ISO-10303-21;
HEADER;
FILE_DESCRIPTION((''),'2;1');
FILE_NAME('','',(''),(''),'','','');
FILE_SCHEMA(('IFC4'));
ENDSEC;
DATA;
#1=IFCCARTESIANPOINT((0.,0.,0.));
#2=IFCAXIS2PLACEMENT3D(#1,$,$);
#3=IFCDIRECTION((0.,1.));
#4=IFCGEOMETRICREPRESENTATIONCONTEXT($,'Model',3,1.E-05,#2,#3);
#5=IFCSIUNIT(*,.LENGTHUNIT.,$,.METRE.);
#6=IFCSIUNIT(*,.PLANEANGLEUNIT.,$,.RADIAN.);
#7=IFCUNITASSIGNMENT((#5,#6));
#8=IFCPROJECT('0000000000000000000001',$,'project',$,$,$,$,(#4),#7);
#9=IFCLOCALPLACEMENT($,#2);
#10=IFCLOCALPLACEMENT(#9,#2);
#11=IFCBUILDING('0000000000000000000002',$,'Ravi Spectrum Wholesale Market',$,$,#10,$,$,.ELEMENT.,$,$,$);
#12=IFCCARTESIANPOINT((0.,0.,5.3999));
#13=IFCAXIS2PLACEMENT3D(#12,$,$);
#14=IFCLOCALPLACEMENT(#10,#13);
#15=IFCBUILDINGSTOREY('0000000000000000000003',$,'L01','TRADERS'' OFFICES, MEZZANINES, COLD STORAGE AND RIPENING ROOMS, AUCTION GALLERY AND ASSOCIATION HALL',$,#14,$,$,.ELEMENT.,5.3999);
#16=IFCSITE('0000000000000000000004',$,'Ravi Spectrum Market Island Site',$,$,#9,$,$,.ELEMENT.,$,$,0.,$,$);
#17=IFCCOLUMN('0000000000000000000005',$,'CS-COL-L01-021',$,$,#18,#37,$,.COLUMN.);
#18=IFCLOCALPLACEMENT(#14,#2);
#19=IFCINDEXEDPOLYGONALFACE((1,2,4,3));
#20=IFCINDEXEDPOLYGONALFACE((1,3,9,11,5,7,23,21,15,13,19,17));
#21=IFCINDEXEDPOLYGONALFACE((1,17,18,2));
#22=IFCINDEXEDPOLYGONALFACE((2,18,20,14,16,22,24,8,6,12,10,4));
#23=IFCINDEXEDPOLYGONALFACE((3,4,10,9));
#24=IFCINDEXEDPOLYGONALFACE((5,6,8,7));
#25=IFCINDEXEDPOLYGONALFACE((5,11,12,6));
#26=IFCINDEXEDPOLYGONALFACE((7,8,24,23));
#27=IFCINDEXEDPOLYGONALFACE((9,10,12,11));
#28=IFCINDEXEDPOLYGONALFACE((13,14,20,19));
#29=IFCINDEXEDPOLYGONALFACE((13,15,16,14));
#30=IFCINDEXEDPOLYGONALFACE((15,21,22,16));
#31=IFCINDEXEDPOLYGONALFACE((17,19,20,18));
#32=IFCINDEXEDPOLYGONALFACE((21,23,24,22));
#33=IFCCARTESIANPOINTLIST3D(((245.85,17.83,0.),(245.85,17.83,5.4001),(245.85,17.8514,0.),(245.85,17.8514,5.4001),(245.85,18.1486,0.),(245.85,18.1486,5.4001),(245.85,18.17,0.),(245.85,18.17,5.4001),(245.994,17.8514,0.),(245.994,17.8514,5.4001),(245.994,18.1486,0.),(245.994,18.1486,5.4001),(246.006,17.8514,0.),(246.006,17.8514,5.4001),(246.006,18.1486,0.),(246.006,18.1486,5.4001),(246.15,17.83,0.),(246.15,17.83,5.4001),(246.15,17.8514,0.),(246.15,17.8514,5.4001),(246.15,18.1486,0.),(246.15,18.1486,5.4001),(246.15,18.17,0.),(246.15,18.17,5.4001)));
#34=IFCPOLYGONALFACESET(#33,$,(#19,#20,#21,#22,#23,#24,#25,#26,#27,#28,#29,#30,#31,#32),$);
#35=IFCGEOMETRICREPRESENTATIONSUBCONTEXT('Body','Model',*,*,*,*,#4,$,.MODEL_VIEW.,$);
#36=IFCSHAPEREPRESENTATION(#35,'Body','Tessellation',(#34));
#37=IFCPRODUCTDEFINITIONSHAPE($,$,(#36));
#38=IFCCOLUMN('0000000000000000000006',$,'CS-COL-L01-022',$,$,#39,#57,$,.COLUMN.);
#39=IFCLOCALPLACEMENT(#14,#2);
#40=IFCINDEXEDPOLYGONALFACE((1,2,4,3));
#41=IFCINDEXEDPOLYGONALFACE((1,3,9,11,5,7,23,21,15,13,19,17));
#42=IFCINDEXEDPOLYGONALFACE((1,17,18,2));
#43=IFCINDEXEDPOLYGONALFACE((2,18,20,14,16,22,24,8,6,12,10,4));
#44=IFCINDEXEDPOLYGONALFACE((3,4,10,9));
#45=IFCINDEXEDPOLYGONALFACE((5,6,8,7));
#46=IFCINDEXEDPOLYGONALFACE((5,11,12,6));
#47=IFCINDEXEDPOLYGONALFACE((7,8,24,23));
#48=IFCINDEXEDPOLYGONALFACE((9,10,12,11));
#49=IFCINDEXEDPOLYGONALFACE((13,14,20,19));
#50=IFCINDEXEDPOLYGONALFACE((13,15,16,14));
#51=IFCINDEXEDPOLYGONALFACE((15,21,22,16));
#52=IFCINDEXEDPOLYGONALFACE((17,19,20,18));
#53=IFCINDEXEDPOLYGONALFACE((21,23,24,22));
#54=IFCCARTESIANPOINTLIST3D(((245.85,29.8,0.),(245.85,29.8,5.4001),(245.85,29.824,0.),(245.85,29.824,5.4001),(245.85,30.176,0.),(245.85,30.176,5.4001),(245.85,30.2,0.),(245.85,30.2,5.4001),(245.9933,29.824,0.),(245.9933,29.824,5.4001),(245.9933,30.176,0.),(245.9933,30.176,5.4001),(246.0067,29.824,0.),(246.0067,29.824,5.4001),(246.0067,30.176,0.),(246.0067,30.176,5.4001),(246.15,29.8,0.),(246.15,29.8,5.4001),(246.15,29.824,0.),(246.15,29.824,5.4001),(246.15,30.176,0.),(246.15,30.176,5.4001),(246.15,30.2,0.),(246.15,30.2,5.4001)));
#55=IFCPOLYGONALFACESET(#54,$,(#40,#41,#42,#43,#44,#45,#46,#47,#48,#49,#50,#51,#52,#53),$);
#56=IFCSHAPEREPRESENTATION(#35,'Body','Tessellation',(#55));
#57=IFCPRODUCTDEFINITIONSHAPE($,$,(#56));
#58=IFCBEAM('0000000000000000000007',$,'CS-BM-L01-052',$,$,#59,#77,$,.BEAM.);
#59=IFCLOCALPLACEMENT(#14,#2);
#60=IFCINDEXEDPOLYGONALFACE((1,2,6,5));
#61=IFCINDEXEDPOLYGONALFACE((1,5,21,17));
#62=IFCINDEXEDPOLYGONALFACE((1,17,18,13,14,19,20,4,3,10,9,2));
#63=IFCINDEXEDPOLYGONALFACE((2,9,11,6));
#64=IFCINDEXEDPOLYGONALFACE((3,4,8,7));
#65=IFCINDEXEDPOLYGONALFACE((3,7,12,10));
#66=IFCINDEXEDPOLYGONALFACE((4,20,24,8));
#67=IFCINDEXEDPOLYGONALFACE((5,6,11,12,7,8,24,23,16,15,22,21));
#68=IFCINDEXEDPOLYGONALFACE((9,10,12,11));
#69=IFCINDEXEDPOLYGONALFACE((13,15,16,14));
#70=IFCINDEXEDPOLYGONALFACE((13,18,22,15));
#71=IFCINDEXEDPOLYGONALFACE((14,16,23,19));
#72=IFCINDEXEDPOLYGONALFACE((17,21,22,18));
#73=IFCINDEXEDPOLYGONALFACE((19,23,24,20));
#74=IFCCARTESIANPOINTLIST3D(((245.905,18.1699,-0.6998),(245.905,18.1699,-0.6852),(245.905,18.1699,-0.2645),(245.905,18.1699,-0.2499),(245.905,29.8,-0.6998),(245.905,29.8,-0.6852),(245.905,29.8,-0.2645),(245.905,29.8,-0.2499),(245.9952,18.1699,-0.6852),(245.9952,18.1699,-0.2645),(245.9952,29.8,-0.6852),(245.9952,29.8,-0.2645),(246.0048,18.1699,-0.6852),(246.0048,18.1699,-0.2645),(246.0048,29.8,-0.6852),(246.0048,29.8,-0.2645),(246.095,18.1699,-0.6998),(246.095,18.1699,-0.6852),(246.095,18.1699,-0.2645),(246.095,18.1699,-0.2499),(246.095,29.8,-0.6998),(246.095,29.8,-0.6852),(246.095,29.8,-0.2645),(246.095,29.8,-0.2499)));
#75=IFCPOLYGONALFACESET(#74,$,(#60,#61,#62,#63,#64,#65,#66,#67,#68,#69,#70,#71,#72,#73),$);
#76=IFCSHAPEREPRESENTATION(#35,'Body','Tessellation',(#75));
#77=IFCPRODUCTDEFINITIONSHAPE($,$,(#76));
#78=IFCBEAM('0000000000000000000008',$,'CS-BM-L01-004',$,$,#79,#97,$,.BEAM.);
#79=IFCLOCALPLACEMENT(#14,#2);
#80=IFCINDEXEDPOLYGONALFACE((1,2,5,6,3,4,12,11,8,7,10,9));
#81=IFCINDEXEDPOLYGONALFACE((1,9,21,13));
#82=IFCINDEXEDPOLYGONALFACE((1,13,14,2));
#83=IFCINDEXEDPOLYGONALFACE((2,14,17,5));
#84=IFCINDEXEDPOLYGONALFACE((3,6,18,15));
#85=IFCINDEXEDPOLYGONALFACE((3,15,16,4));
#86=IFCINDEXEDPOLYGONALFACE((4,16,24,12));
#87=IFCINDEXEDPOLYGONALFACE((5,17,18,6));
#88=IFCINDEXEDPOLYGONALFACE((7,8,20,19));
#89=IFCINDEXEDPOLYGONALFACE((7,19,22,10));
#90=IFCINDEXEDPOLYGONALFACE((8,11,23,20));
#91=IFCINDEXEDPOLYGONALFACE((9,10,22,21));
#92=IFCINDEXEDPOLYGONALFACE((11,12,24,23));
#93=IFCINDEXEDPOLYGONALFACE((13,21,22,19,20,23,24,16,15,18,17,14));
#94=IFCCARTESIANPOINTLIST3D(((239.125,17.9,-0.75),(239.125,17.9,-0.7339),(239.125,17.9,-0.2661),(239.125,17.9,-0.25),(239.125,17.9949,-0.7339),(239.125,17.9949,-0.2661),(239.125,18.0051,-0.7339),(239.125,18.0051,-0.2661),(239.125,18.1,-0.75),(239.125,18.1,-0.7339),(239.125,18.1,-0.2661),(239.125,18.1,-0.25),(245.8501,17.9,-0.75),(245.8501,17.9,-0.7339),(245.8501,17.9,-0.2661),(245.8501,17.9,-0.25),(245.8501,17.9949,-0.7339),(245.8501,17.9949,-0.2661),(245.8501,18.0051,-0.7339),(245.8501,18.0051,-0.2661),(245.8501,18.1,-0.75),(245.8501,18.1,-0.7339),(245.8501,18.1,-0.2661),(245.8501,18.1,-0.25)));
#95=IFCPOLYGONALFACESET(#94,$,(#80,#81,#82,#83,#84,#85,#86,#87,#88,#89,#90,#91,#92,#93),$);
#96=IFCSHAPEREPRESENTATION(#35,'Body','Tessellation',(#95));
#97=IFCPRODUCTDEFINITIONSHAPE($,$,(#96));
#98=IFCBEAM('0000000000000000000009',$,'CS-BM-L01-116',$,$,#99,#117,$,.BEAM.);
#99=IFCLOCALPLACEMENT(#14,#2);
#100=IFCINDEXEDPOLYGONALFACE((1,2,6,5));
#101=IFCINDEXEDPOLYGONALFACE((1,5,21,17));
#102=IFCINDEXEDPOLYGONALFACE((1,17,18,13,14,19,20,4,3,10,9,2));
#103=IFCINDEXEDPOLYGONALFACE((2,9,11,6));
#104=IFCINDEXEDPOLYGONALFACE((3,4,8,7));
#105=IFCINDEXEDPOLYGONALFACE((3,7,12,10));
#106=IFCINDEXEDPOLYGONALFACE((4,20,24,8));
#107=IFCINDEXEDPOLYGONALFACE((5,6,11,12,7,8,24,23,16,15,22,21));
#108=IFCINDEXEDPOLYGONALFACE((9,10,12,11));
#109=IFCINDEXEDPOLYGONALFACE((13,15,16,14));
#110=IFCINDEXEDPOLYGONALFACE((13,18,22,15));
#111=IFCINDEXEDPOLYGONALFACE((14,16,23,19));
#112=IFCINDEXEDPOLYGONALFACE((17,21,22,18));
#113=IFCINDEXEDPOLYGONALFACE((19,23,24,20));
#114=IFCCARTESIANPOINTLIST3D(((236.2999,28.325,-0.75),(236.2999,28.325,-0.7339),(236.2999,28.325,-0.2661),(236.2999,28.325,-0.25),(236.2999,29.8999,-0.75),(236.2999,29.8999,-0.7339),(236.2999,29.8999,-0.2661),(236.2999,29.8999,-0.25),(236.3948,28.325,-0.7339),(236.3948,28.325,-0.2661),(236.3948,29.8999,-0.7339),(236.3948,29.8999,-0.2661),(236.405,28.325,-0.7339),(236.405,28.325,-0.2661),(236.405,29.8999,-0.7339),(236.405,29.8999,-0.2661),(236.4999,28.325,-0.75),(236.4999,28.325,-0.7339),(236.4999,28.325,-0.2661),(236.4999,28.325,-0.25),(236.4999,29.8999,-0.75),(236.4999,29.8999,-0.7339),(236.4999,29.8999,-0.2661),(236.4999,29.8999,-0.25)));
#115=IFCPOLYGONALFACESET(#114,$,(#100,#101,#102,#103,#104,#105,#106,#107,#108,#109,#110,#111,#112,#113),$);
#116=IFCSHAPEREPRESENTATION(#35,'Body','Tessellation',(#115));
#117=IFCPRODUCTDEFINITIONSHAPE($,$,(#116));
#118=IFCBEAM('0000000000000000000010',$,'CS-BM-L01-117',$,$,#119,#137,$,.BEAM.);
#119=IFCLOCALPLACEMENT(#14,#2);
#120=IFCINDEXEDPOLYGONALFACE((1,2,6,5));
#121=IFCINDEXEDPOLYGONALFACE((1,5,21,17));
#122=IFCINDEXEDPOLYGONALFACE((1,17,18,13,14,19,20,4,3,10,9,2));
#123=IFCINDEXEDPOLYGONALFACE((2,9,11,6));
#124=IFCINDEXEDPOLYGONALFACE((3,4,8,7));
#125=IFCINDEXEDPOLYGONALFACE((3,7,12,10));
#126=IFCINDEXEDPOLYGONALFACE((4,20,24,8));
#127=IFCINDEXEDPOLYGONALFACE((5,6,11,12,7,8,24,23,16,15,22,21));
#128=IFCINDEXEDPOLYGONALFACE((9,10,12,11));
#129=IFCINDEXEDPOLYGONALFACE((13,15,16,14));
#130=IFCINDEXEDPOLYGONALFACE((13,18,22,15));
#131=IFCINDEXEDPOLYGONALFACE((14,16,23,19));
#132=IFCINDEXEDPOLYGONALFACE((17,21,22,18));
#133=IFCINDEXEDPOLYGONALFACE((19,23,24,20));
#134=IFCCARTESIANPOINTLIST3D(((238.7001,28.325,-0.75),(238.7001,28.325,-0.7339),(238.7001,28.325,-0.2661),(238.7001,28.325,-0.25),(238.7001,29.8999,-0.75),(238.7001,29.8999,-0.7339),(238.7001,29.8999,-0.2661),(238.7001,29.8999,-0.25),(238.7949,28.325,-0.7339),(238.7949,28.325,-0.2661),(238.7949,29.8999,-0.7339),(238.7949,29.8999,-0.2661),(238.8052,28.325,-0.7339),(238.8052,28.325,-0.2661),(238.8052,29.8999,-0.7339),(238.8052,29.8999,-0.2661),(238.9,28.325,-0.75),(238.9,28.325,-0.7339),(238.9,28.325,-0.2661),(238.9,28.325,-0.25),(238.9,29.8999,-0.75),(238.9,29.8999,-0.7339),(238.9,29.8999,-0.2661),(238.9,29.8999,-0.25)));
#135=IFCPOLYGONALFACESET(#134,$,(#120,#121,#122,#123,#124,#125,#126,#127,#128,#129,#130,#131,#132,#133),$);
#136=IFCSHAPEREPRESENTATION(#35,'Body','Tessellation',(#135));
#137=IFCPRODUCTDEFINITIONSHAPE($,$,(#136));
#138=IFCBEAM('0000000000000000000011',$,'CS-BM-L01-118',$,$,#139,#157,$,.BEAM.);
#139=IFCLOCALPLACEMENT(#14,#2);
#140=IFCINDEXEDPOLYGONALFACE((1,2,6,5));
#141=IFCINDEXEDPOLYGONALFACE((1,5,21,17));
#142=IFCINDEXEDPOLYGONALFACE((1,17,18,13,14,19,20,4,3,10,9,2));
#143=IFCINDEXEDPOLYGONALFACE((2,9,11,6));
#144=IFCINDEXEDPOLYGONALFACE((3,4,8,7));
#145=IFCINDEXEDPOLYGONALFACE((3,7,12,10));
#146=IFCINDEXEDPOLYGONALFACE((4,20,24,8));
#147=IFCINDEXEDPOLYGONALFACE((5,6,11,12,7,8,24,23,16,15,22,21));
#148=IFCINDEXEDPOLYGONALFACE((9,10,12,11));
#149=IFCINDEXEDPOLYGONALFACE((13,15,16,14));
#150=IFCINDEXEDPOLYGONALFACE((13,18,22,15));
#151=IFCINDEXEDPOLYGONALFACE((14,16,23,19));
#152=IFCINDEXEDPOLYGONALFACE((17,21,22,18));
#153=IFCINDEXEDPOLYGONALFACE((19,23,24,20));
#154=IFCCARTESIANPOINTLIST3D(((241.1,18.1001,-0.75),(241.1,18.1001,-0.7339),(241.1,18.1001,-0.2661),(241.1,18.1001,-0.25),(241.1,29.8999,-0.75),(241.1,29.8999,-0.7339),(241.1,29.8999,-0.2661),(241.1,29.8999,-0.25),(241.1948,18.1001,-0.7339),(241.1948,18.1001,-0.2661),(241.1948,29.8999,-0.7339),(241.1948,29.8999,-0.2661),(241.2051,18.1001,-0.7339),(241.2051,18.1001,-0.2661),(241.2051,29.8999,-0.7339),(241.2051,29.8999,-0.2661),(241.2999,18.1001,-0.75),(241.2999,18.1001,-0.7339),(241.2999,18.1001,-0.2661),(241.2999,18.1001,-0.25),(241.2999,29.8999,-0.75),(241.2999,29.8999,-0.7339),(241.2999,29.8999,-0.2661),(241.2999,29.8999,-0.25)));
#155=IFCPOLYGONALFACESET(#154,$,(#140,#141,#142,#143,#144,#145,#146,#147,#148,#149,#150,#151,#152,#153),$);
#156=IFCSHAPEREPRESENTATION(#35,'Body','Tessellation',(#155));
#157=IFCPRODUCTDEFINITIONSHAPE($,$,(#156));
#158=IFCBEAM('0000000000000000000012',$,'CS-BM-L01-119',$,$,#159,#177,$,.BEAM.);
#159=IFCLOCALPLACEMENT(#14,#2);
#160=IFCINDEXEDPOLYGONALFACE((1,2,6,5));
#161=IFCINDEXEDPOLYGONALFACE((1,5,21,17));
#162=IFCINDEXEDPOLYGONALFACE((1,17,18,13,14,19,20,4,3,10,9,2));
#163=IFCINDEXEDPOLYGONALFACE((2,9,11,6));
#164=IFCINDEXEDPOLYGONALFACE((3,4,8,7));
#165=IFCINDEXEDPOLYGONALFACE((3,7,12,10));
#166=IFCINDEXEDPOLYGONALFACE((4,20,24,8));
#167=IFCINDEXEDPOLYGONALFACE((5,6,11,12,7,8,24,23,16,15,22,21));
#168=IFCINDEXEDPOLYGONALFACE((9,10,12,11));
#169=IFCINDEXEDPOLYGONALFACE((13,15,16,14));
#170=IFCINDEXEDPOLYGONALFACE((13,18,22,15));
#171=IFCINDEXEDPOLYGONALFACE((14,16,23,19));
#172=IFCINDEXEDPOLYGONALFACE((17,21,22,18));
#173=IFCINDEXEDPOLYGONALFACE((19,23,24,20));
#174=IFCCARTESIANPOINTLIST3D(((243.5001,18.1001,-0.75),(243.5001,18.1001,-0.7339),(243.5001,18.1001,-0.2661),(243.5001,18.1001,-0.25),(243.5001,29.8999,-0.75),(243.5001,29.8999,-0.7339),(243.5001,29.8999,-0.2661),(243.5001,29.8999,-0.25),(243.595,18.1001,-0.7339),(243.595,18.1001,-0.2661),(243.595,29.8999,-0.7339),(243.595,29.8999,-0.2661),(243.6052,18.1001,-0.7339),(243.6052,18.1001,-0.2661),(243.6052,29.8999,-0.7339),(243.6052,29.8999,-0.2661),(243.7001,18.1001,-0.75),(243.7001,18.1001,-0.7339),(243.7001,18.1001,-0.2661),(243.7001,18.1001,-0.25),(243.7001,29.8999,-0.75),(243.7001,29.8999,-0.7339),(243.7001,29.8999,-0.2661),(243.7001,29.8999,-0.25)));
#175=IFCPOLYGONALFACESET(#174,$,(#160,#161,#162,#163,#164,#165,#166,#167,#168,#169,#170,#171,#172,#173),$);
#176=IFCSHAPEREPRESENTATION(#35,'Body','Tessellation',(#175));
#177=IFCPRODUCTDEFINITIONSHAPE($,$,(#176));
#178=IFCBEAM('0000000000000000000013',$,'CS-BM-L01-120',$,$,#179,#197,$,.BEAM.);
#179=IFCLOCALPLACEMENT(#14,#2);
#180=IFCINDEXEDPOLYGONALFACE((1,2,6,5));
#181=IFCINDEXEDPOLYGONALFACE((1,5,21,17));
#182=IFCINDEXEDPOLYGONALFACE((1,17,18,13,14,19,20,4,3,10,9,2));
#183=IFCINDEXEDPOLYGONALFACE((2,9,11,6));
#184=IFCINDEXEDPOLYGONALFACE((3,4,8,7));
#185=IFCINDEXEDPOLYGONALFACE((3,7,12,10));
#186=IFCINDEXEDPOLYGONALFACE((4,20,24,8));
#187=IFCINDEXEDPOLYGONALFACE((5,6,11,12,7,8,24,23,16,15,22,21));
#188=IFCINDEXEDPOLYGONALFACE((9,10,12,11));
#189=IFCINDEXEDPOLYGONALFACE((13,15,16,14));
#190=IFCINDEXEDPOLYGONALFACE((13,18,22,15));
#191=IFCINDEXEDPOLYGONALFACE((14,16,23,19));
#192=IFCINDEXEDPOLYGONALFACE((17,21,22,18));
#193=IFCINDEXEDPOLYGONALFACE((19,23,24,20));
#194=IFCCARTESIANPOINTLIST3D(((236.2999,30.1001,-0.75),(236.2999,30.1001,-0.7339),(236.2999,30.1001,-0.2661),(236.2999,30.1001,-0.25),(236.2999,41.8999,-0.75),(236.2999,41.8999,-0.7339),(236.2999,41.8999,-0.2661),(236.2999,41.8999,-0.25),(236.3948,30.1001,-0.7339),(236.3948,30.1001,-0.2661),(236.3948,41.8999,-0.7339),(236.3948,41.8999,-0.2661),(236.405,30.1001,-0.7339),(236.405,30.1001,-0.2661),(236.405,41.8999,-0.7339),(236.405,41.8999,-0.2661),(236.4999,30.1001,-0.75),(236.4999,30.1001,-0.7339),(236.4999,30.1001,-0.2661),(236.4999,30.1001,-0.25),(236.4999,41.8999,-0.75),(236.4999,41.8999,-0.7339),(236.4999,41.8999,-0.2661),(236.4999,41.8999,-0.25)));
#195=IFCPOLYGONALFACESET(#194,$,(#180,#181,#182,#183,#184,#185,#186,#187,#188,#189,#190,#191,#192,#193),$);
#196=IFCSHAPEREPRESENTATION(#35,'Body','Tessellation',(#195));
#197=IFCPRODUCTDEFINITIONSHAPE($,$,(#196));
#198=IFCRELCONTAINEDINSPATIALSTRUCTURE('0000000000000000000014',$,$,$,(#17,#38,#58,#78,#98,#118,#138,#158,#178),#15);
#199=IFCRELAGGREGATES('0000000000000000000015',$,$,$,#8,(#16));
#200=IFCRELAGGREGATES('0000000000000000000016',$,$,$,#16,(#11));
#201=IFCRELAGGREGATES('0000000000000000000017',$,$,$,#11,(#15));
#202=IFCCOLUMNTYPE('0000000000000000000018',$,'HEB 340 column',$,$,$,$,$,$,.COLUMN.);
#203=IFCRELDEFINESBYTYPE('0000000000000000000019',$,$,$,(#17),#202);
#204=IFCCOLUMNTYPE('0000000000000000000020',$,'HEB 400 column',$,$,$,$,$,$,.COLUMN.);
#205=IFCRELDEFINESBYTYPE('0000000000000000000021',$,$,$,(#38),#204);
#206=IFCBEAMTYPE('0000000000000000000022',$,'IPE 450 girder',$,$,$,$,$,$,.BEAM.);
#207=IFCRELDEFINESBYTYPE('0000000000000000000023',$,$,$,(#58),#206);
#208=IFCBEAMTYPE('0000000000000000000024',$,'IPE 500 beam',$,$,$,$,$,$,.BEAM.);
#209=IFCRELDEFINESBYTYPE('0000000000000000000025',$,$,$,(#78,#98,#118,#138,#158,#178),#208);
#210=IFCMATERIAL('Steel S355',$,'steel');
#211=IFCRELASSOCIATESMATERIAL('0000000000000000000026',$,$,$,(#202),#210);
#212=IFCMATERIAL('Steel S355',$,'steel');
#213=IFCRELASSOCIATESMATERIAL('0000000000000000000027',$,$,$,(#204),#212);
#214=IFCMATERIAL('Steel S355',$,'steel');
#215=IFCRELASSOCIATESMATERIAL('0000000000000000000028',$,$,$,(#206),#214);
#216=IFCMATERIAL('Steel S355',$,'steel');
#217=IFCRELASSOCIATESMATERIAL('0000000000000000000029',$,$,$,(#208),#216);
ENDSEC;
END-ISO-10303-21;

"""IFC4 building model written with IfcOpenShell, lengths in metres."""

from ifc_helpers import new_model, si_unit, direction, frame, origin, origin_2d, place, context, subcontext, project, spatial, i_section, extrude, material, material_profile, profile_set, type_object, element, save


model = new_model("IFC4")

# Units and contexts
model_context = context("Model", 3, precision=1e-05, world=origin(), true_north=direction((0.0, 1.0)))
body_context = subcontext(model_context, "Body", "Model", "MODEL_VIEW")
ifc_project = project(units=[si_unit("LENGTHUNIT", "METRE"), si_unit("PLANEANGLEUNIT", "RADIAN")], contexts=[model_context])

# Site, building, storey
site_placement = place(None, origin())
site = spatial("IfcSite", under=ifc_project, at=site_placement, Name="Ravi Spectrum Market Island Site", CompositionType="ELEMENT", RefElevation=0.0)
building_placement = place(site_placement, origin())
building = spatial("IfcBuilding", under=site, at=building_placement, Name="Ravi Spectrum Wholesale Market", CompositionType="ELEMENT")
storey_placement = place(building_placement, frame((0.0, 0.0, 5.3999)))
storey = spatial("IfcBuildingStorey", under=building, at=storey_placement, Name="L01", Description="TRADERS' OFFICES, MEZZANINES, COLD STORAGE AND RIPENING ROOMS, AUCTION GALLERY AND ASSOCIATION HALL", CompositionType="ELEMENT", Elevation=5.3999)

# Columns
ifc_material_1 = material(Name="Steel S355", Category="steel")
ifc_material_profile_1 = material_profile(ifc_material_1, i_section(OverallWidth=0.3, OverallDepth=0.3401, WebThickness=0.012, FlangeThickness=0.0215, at=origin_2d()))
ifc_profile_set_1 = profile_set([ifc_material_profile_1], Name="Steel S355")
column_type_1 = type_object("IfcColumnType", Name="HEB 340 column", PredefinedType="COLUMN", material=ifc_profile_set_1)
column_1_placement = place(storey_placement, frame((246.0, 18.0, 0.0), z_axis=(0.0, 0.0, 1.0), x_axis=(1.0, 0.0, 0.0)))
element("IfcColumn", 1, at=column_1_placement, inside=storey, type_object=column_type_1, Name="CS-COL-L01-021", PredefinedType="COLUMN", context=body_context, shape_type="SweptSolid", body=[
    extrude(i_section(OverallWidth=0.3, OverallDepth=0.3401, WebThickness=0.012, FlangeThickness=0.0215, at=origin_2d()), origin(), (0.0, 0.0, 1.0), 5.4001),
])
ifc_material_2 = material(Name="Steel S355", Category="steel")
ifc_material_profile_2 = material_profile(ifc_material_2, i_section(OverallWidth=0.3, OverallDepth=0.3999, WebThickness=0.0134, FlangeThickness=0.0239, at=origin_2d()))
ifc_profile_set_2 = profile_set([ifc_material_profile_2], Name="Steel S355")
column_type_2 = type_object("IfcColumnType", Name="HEB 400 column", PredefinedType="COLUMN", material=ifc_profile_set_2)
column_2_placement = place(storey_placement, frame((246.0, 30.0, 0.0), z_axis=(0.0, 0.0, 1.0), x_axis=(1.0, 0.0, 0.0)))
element("IfcColumn", 2, at=column_2_placement, inside=storey, type_object=column_type_2, Name="CS-COL-L01-022", PredefinedType="COLUMN", context=body_context, shape_type="SweptSolid", body=[
    extrude(i_section(OverallWidth=0.3, OverallDepth=0.3999, WebThickness=0.0134, FlangeThickness=0.0239, at=origin_2d()), origin(), (0.0, 0.0, 1.0), 5.4001),
])

# Beams
ifc_material_3 = material(Name="Steel S355", Category="steel")
ifc_material_profile_3 = material_profile(ifc_material_3, i_section(OverallWidth=0.1899, OverallDepth=0.45, WebThickness=0.0095, FlangeThickness=0.0146, at=origin_2d()))
ifc_profile_set_3 = profile_set([ifc_material_profile_3], Name="Steel S355")
beam_type_1 = type_object("IfcBeamType", Name="IPE 450 girder", PredefinedType="BEAM", material=ifc_profile_set_3)
beam_1_placement = place(storey_placement, frame((246.0, 18.1699, -0.4749), z_axis=(0.0, 1.0, 0.0), x_axis=(-1.0, 0.0, 0.0)))
element("IfcBeam", 3, at=beam_1_placement, inside=storey, type_object=beam_type_1, Name="CS-BM-L01-052", PredefinedType="BEAM", context=body_context, shape_type="SweptSolid", body=[
    extrude(i_section(OverallWidth=0.1899, OverallDepth=0.45, WebThickness=0.0095, FlangeThickness=0.0146, at=origin_2d()), origin(), (0.0, 0.0, 1.0), 11.6301),
])
ifc_material_4 = material(Name="Steel S355", Category="steel")
ifc_material_profile_4 = material_profile(ifc_material_4, i_section(OverallWidth=0.2, OverallDepth=0.5, WebThickness=0.0103, FlangeThickness=0.0161, at=origin_2d()))
ifc_profile_set_4 = profile_set([ifc_material_profile_4], Name="Steel S355")
beam_type_2 = type_object("IfcBeamType", Name="IPE 500 beam", PredefinedType="BEAM", material=ifc_profile_set_4)
beam_2_placement = place(storey_placement, frame((239.125, 18.0, -0.5), z_axis=(1.0, 0.0, 0.0), x_axis=(0.0, 1.0, 0.0)))
element("IfcBeam", 4, at=beam_2_placement, inside=storey, type_object=beam_type_2, Name="CS-BM-L01-004", PredefinedType="BEAM", context=body_context, shape_type="SweptSolid", body=[
    extrude(i_section(OverallWidth=0.2, OverallDepth=0.5, WebThickness=0.0103, FlangeThickness=0.0161, at=origin_2d()), origin(), (0.0, 0.0, 1.0), 6.7251),
])
for number, where, z_axis, x_axis, name in (
    (5, (236.3999, 28.325, -0.5), (0.0, 1.0, 0.0), (-1.0, 0.0, 0.0), "CS-BM-L01-116"),
    (6, (238.8, 28.325, -0.5), (0.0, 1.0, 0.0), (-1.0, 0.0, 0.0), "CS-BM-L01-117"),
):
    element("IfcBeam", number, at=place(storey_placement, frame(where, z_axis=z_axis, x_axis=x_axis)), inside=storey, type_object=beam_type_2, Name=name, PredefinedType="BEAM", context=body_context, shape_type="SweptSolid", body=[
        extrude(i_section(OverallWidth=0.2, OverallDepth=0.5, WebThickness=0.0103, FlangeThickness=0.0161, at=origin_2d()), origin(), (0.0, 0.0, 1.0), 1.575),
    ])
for number, where, z_axis, x_axis, name in (
    (7, (241.2, 18.1001, -0.5), (0.0, 1.0, 0.0), (-1.0, 0.0, 0.0), "CS-BM-L01-118"),
    (8, (243.6001, 18.1001, -0.5), (0.0, 1.0, 0.0), (-1.0, 0.0, 0.0), "CS-BM-L01-119"),
    (9, (236.3999, 30.1001, -0.5), (0.0, 1.0, 0.0), (-1.0, 0.0, 0.0), "CS-BM-L01-120"),
):
    element("IfcBeam", number, at=place(storey_placement, frame(where, z_axis=z_axis, x_axis=x_axis)), inside=storey, type_object=beam_type_2, Name=name, PredefinedType="BEAM", context=body_context, shape_type="SweptSolid", body=[
        extrude(i_section(OverallWidth=0.2, OverallDepth=0.5, WebThickness=0.0103, FlangeThickness=0.0161, at=origin_2d()), origin(), (0.0, 0.0, 1.0), 11.7998),
    ])

save(model, "model.ifc")
